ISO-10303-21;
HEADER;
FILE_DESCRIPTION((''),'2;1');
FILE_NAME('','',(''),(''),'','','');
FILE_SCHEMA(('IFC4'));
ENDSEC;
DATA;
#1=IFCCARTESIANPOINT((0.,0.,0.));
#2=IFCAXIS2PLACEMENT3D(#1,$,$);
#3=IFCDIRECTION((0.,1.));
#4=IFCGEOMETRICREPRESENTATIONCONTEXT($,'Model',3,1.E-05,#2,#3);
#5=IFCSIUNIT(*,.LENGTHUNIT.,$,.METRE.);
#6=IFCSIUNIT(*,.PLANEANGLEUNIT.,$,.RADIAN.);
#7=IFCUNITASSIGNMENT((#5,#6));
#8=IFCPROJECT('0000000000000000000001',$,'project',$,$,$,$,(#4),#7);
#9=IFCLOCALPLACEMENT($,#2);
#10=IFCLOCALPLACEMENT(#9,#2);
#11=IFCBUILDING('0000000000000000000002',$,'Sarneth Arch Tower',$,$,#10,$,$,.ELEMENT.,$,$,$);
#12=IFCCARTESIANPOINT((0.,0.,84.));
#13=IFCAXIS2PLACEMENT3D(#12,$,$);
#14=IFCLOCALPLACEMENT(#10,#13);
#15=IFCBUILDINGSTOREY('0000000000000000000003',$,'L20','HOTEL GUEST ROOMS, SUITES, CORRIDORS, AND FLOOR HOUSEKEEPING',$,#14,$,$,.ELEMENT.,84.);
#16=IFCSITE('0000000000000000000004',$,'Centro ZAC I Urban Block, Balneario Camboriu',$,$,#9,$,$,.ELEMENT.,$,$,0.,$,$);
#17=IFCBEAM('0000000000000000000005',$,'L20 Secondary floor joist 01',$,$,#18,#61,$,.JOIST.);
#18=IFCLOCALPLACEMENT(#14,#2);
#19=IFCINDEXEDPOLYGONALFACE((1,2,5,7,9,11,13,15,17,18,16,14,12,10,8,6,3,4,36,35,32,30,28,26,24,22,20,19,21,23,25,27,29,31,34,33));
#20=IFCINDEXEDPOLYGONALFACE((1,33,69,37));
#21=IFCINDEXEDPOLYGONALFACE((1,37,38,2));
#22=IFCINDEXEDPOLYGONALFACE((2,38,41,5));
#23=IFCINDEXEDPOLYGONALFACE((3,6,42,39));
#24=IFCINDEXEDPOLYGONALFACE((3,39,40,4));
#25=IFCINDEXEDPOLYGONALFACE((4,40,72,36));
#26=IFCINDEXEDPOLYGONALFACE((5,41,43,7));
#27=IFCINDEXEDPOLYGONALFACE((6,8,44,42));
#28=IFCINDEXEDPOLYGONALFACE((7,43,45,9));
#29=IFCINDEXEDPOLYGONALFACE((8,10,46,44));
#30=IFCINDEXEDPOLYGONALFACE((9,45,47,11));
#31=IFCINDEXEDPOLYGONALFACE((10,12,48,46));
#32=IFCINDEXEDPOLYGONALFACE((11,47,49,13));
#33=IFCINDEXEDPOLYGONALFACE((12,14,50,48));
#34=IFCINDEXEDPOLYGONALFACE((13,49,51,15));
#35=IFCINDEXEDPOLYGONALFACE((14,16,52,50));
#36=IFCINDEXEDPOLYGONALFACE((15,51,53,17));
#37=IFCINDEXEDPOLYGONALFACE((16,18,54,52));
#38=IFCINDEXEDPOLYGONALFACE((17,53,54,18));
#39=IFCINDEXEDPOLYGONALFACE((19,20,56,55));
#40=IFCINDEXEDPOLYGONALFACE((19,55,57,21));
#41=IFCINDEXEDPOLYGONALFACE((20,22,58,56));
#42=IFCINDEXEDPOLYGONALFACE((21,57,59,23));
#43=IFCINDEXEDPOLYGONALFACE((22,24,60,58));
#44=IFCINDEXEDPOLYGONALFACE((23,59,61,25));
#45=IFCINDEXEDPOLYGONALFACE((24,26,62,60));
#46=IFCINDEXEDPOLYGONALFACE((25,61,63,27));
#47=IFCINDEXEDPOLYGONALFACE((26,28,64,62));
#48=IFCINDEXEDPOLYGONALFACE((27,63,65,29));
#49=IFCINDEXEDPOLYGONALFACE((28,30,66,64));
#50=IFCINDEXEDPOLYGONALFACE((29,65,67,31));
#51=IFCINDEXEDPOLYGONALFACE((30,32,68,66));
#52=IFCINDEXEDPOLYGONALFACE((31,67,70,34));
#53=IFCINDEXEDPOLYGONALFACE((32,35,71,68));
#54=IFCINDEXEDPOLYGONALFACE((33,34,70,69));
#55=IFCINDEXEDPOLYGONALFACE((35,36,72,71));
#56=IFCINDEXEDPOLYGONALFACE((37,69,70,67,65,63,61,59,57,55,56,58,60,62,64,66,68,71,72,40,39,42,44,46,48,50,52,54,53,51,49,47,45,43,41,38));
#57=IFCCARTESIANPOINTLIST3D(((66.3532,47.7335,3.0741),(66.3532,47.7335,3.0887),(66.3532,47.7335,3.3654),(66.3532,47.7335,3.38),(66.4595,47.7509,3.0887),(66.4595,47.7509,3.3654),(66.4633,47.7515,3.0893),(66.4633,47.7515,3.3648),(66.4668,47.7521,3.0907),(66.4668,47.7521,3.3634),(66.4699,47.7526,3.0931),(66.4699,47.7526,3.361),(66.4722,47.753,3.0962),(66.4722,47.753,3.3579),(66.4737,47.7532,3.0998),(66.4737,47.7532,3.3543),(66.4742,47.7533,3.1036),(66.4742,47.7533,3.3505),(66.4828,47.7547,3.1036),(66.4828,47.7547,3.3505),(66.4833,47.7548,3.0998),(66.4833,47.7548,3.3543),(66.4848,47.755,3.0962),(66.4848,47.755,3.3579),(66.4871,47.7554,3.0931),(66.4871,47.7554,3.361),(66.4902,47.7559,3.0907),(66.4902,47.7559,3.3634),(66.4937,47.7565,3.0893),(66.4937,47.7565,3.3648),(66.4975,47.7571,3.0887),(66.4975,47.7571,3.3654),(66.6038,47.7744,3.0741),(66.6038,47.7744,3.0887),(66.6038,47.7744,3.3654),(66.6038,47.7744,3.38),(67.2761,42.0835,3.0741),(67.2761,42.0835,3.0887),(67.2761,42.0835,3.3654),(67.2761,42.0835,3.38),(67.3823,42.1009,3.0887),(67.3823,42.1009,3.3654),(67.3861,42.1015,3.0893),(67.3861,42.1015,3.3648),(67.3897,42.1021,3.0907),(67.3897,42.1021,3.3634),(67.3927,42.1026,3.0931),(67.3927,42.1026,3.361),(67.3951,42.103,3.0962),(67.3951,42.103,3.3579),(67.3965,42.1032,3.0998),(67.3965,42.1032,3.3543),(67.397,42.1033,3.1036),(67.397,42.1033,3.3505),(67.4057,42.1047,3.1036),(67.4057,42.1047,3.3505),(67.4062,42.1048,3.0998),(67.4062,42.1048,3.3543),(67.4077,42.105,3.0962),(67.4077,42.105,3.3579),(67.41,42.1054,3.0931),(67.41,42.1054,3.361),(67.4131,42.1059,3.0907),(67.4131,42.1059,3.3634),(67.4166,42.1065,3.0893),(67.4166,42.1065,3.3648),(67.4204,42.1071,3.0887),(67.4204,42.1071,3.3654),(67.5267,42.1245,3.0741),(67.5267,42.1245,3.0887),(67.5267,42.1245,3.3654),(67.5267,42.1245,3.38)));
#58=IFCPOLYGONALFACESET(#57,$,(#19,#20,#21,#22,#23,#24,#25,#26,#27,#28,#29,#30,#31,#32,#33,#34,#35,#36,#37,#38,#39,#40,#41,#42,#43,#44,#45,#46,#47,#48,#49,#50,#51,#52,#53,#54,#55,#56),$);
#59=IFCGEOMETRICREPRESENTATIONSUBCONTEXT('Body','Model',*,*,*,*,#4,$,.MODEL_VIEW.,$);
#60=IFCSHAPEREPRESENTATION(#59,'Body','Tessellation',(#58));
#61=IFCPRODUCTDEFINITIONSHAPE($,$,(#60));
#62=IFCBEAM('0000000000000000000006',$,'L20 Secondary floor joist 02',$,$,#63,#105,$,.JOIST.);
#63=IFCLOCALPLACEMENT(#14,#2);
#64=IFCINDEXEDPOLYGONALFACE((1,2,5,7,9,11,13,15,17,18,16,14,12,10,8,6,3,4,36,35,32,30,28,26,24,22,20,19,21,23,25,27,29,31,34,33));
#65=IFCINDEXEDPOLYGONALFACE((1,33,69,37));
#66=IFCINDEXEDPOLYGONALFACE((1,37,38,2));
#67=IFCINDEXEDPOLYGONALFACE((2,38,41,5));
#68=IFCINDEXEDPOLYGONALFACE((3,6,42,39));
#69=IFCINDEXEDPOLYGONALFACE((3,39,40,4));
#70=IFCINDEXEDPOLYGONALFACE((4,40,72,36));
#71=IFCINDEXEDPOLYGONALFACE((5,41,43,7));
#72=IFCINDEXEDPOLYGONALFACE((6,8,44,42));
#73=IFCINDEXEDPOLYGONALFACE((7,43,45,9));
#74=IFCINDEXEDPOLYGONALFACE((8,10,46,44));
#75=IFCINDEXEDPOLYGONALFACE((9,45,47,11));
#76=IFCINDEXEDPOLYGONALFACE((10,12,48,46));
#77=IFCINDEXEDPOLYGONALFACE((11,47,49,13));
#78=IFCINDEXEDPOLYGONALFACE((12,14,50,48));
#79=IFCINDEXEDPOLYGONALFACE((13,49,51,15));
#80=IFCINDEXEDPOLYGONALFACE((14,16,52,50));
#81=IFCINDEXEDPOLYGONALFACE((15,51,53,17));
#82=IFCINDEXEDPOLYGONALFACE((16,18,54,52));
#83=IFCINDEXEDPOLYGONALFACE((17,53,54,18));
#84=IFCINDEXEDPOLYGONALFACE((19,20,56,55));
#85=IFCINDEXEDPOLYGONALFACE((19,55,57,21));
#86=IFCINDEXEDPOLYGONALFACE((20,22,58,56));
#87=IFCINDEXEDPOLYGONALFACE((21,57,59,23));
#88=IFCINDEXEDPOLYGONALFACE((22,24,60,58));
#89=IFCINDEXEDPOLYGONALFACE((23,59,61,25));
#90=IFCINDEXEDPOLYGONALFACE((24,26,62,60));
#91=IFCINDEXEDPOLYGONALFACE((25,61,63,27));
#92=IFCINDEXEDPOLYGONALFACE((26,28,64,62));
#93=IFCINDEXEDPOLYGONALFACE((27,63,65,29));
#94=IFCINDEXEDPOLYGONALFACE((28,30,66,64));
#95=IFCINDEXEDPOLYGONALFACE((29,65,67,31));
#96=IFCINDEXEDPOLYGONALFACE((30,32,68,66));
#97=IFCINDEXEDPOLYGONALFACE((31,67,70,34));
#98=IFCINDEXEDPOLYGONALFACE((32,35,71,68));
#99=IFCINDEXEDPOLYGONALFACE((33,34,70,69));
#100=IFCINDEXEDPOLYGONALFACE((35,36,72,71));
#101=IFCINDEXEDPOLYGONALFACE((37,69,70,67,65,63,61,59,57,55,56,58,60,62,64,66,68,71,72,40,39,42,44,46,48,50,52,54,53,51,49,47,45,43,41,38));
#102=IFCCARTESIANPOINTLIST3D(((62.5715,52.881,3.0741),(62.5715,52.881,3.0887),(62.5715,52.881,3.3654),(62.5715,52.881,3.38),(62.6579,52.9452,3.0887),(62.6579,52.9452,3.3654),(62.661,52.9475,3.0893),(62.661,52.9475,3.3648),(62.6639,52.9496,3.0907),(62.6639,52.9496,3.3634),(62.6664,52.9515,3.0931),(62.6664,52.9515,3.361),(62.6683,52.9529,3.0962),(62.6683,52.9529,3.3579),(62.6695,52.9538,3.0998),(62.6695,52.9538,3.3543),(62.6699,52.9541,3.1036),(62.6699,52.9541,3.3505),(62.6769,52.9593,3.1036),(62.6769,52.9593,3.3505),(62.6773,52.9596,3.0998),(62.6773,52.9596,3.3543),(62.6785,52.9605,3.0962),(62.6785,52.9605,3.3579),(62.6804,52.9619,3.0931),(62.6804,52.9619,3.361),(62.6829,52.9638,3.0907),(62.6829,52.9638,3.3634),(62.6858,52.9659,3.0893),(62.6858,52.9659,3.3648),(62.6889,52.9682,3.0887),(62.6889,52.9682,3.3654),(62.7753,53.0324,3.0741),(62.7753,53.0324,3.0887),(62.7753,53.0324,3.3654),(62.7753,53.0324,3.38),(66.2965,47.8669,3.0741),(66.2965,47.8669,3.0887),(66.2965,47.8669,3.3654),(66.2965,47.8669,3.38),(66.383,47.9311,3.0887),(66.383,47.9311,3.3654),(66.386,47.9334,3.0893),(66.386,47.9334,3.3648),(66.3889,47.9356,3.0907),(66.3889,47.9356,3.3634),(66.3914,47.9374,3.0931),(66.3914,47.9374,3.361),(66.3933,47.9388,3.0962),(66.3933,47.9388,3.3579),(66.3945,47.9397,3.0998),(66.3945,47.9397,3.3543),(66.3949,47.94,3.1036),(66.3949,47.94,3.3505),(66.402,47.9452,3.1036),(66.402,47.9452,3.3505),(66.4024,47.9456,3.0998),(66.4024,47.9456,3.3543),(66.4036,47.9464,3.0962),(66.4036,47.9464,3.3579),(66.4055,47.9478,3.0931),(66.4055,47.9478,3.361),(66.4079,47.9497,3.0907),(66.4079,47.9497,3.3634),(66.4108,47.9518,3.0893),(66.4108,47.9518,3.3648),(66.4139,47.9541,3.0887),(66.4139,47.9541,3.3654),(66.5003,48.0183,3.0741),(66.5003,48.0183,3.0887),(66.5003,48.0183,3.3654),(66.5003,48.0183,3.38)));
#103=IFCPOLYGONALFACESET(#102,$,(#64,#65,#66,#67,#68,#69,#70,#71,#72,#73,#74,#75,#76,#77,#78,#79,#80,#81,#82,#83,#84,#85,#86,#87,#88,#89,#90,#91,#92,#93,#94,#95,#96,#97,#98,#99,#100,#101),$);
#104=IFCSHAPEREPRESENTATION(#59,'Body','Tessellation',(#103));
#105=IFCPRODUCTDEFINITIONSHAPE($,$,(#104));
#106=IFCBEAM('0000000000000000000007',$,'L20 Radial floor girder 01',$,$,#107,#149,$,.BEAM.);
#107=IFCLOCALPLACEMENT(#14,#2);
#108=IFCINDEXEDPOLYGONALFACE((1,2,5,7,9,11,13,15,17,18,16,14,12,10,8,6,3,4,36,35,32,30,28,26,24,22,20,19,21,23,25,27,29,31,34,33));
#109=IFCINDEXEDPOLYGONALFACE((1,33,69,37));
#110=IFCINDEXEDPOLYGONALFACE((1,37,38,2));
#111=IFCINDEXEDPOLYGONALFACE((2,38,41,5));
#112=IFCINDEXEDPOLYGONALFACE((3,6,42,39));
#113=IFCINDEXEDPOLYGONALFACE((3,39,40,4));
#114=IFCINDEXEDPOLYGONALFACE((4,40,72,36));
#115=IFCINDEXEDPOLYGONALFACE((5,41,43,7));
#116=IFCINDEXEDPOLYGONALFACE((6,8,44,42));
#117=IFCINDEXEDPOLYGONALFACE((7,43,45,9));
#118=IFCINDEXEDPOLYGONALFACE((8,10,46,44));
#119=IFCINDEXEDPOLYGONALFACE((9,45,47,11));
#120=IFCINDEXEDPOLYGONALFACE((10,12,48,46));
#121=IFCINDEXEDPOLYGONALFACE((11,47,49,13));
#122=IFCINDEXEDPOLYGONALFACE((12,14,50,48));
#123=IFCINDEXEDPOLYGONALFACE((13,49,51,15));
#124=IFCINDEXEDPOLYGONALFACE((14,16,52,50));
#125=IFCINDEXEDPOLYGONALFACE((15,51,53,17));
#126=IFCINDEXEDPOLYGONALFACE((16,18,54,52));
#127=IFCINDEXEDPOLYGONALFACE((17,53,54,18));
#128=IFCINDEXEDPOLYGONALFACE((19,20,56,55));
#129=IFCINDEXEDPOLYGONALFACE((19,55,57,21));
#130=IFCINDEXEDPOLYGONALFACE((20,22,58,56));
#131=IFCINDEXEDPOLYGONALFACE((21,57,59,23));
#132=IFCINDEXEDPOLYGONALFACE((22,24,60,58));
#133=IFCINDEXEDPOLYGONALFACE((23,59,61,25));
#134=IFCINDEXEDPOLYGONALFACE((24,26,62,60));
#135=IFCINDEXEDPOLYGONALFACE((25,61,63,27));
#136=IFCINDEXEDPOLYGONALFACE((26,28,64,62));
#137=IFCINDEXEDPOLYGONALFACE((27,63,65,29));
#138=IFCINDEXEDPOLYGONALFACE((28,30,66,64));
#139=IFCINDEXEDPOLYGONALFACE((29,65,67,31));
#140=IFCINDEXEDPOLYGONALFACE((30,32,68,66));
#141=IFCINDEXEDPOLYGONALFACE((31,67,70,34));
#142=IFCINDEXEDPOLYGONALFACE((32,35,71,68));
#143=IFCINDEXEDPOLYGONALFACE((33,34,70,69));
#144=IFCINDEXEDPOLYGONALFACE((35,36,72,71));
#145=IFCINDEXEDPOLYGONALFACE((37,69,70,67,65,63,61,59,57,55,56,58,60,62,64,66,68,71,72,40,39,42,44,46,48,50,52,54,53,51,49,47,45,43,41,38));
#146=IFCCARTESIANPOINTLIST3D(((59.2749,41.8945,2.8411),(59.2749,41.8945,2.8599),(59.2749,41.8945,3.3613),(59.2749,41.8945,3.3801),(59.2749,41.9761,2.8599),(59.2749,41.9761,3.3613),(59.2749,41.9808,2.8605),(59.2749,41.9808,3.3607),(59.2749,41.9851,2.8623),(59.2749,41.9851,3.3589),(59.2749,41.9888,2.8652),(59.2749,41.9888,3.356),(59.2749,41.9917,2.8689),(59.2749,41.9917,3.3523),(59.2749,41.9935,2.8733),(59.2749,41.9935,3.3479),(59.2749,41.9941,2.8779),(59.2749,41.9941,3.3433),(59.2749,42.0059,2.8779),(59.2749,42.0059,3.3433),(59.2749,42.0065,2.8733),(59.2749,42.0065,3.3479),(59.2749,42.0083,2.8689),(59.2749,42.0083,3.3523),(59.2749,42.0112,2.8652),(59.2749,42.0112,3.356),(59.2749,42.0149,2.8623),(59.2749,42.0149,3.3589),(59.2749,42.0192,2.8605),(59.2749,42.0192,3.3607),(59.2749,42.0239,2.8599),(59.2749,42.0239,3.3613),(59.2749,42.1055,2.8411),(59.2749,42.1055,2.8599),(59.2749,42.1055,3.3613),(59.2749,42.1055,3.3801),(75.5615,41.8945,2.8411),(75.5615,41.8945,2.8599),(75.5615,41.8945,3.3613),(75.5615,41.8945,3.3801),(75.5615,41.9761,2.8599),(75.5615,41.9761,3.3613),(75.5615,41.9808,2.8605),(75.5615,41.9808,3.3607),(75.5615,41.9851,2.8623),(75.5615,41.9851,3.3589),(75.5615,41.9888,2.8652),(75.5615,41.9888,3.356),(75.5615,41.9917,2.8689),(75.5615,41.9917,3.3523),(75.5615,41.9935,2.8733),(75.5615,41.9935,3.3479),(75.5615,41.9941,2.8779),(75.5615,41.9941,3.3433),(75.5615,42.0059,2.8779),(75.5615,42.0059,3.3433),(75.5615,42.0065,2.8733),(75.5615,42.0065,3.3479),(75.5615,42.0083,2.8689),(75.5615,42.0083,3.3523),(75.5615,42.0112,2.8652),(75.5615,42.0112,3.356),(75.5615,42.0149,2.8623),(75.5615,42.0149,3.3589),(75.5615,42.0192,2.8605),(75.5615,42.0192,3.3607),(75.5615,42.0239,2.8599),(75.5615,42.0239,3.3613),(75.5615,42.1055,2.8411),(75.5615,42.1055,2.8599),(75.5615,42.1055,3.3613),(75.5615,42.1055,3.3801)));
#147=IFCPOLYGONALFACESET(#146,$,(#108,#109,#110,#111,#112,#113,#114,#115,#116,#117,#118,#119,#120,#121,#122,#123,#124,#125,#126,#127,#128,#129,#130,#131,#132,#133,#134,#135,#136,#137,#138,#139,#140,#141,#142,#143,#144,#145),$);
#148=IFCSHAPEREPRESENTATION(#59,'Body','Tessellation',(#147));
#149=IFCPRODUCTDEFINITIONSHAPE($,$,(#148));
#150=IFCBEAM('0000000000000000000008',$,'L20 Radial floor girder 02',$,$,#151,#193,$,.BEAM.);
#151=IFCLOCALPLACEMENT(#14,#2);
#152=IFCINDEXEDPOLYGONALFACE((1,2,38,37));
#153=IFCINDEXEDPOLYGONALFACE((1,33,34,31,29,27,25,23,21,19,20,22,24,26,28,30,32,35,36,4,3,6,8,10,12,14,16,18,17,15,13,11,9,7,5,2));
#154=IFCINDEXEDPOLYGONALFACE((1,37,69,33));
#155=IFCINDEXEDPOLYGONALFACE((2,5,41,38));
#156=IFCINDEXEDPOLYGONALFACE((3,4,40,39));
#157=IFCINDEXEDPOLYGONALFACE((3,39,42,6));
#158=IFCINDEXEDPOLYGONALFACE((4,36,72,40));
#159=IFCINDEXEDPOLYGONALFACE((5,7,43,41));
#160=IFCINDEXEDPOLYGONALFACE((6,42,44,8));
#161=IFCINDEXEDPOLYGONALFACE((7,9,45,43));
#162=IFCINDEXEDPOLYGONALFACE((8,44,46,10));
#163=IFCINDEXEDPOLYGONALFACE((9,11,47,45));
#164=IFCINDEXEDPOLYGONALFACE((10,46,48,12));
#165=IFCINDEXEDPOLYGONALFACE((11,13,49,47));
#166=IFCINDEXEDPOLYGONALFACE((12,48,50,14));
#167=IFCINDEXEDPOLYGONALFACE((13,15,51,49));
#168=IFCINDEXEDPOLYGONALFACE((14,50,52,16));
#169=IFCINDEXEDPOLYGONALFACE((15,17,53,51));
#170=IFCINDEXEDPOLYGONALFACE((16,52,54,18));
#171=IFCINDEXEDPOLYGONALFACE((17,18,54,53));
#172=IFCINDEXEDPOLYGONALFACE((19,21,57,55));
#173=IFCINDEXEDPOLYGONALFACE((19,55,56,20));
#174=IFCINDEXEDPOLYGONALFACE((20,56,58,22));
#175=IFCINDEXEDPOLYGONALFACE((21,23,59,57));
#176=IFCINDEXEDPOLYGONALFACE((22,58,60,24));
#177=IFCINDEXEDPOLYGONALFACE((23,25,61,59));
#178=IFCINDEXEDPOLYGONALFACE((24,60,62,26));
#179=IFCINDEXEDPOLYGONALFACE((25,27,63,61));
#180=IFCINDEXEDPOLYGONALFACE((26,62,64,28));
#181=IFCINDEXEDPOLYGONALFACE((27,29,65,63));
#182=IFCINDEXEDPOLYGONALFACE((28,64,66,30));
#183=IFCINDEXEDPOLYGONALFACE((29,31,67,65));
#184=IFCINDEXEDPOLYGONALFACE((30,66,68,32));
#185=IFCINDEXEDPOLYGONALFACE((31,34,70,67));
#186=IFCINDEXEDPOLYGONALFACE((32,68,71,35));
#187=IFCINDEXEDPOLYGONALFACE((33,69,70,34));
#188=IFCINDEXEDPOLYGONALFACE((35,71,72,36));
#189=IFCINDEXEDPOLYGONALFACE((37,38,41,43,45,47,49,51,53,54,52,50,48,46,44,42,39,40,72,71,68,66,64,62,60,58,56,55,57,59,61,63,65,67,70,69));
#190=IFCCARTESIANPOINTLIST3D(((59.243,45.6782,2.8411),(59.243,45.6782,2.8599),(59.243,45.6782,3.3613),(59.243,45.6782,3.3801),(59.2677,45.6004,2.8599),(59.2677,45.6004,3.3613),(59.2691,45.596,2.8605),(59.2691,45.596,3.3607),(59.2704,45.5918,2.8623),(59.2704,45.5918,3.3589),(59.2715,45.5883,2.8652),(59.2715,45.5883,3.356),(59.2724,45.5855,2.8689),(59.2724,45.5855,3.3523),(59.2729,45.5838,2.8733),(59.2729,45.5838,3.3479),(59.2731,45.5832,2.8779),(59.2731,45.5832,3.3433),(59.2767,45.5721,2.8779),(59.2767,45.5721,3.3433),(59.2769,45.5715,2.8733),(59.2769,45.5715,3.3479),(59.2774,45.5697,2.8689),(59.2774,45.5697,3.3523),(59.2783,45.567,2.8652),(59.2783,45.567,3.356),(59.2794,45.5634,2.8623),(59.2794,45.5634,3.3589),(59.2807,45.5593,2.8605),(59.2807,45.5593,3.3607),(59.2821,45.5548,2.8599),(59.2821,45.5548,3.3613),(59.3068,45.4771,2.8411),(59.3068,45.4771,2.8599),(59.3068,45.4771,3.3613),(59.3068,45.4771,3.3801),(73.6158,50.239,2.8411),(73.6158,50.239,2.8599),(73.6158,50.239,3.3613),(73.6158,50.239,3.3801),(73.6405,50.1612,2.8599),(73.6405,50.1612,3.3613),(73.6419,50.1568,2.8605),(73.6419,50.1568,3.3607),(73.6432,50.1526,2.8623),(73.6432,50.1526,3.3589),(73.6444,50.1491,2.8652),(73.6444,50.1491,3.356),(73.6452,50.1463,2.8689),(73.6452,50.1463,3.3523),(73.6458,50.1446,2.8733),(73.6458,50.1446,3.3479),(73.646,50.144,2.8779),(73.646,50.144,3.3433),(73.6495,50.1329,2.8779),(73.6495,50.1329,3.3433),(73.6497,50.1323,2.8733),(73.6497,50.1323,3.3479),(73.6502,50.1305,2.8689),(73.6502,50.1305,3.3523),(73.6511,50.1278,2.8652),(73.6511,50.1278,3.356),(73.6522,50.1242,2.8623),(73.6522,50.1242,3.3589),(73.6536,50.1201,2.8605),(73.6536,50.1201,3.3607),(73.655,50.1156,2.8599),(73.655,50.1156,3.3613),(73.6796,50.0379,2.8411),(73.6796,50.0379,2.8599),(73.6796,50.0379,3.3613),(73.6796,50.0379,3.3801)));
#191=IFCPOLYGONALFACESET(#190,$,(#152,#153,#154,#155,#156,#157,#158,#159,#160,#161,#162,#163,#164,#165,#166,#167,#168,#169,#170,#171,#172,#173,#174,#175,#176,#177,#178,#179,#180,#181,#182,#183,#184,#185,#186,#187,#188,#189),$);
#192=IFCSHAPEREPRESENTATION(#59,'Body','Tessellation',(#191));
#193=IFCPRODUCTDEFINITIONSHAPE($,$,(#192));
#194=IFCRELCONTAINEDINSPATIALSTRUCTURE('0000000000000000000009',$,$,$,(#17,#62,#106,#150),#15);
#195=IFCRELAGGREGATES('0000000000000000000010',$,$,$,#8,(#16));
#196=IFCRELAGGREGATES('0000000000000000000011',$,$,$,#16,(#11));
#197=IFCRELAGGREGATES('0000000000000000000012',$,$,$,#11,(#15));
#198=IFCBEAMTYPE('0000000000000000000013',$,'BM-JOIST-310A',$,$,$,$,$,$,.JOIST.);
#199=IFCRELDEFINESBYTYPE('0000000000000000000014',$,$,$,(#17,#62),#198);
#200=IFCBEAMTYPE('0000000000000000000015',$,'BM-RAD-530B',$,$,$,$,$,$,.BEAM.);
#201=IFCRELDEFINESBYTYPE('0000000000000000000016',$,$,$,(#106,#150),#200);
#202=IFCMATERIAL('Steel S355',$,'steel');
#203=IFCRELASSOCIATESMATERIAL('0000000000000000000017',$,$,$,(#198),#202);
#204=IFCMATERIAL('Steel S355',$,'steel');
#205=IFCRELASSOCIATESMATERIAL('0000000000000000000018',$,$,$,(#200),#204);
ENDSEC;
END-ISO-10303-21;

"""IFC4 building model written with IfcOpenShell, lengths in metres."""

from ifc_helpers import new_model, si_unit, direction, frame, origin, origin_2d, place, context, subcontext, project, spatial, i_section, extrude, material, material_profile, profile_set, type_object, element, save


model = new_model("IFC4")

# Units and contexts
model_context = context("Model", 3, precision=1e-05, world=origin(), true_north=direction((0.0, 1.0)))
body_context = subcontext(model_context, "Body", "Model", "MODEL_VIEW")
ifc_project = project(units=[si_unit("LENGTHUNIT", "METRE"), si_unit("PLANEANGLEUNIT", "RADIAN")], contexts=[model_context])

# Site, building, storey
site_placement = place(None, origin())
site = spatial("IfcSite", under=ifc_project, at=site_placement, Name="Centro ZAC I Urban Block, Balneario Camboriu", CompositionType="ELEMENT", RefElevation=0.0)
building_placement = place(site_placement, origin())
building = spatial("IfcBuilding", under=site, at=building_placement, Name="Sarneth Arch Tower", CompositionType="ELEMENT")
storey_placement = place(building_placement, frame((0.0, 0.0, 84.0)))
storey = spatial("IfcBuildingStorey", under=building, at=storey_placement, Name="L20", Description="HOTEL GUEST ROOMS, SUITES, CORRIDORS, AND FLOOR HOUSEKEEPING", CompositionType="ELEMENT", Elevation=84.0)

# Beams
ifc_material_1 = material(Name="Steel S355", Category="steel")
ifc_material_profile_1 = material_profile(ifc_material_1, i_section(OverallWidth=0.2539, OverallDepth=0.3059, WebThickness=0.0088, FlangeThickness=0.0146, FilletRadius=0.0149, at=origin_2d()), Name="W310x79")
ifc_profile_set_1 = profile_set([ifc_material_profile_1], Name="Steel S355")
beam_type_1 = type_object("IfcBeamType", Name="BM-JOIST-310A", PredefinedType="JOIST", material=ifc_profile_set_1)
beam_1_placement = place(storey_placement, frame((67.4014, 42.104, 3.2271), z_axis=(-0.161203, 0.986921, 0.0), x_axis=(-0.986921, -0.161203, 0.0)))
element("IfcBeam", 1, at=beam_1_placement, inside=storey, type_object=beam_type_1, Name="L20 Secondary floor joist 01", PredefinedType="JOIST", context=body_context, shape_type="SweptSolid", body=[
    extrude(i_section(OverallWidth=0.2539, OverallDepth=0.3059, WebThickness=0.0088, FlangeThickness=0.0146, FilletRadius=0.0149, at=origin_2d()), origin(), (0.0, 0.0, 1.0), 5.7249),
])
beam_2_placement = place(storey_placement, frame((66.3984, 47.9426, 3.2271), z_axis=(-0.596354, 0.802721, 0.0), x_axis=(-0.802721, -0.596354, 0.0)))
element("IfcBeam", 2, at=beam_2_placement, inside=storey, type_object=beam_type_1, Name="L20 Secondary floor joist 02", PredefinedType="JOIST", context=body_context, shape_type="SweptSolid", body=[
    extrude(i_section(OverallWidth=0.2539, OverallDepth=0.3059, WebThickness=0.0088, FlangeThickness=0.0146, FilletRadius=0.0149, at=origin_2d()), origin(), (0.0, 0.0, 1.0), 6.2463),
])
ifc_material_2 = material(Name="Steel S355", Category="steel")
ifc_material_profile_2 = material_profile(ifc_material_2, i_section(OverallWidth=0.2109, OverallDepth=0.5391, WebThickness=0.0117, FlangeThickness=0.0188, FilletRadius=0.0181, at=origin_2d()), Name="W530x109")
ifc_profile_set_2 = profile_set([ifc_material_profile_2], Name="Steel S355")
beam_type_2 = type_object("IfcBeamType", Name="BM-RAD-530B", PredefinedType="BEAM", material=ifc_profile_set_2)
beam_3_placement = place(storey_placement, frame((59.2749, 42.0, 3.1106), z_axis=(1.0, 0.0, 0.0), x_axis=(0.0, 1.0, 0.0)))
element("IfcBeam", 3, at=beam_3_placement, inside=storey, type_object=beam_type_2, Name="L20 Radial floor girder 01", PredefinedType="BEAM", context=body_context, shape_type="SweptSolid", body=[
    extrude(i_section(OverallWidth=0.2109, OverallDepth=0.5391, WebThickness=0.0117, FlangeThickness=0.0188, FilletRadius=0.0181, at=origin_2d()), origin(), (0.0, 0.0, 1.0), 16.2866),
])
beam_4_placement = place(storey_placement, frame((59.2749, 45.5776, 3.1106), z_axis=(0.953163, 0.302458, 0.0), x_axis=(-0.302458, 0.953163, 0.0)))
element("IfcBeam", 4, at=beam_4_placement, inside=storey, type_object=beam_type_2, Name="L20 Radial floor girder 02", PredefinedType="BEAM", context=body_context, shape_type="SweptSolid", body=[
    extrude(i_section(OverallWidth=0.2109, OverallDepth=0.5391, WebThickness=0.0117, FlangeThickness=0.0188, FilletRadius=0.0181, at=origin_2d()), origin(), (0.0, 0.0, 1.0), 15.0791),
])

save(model, "model.ifc")
